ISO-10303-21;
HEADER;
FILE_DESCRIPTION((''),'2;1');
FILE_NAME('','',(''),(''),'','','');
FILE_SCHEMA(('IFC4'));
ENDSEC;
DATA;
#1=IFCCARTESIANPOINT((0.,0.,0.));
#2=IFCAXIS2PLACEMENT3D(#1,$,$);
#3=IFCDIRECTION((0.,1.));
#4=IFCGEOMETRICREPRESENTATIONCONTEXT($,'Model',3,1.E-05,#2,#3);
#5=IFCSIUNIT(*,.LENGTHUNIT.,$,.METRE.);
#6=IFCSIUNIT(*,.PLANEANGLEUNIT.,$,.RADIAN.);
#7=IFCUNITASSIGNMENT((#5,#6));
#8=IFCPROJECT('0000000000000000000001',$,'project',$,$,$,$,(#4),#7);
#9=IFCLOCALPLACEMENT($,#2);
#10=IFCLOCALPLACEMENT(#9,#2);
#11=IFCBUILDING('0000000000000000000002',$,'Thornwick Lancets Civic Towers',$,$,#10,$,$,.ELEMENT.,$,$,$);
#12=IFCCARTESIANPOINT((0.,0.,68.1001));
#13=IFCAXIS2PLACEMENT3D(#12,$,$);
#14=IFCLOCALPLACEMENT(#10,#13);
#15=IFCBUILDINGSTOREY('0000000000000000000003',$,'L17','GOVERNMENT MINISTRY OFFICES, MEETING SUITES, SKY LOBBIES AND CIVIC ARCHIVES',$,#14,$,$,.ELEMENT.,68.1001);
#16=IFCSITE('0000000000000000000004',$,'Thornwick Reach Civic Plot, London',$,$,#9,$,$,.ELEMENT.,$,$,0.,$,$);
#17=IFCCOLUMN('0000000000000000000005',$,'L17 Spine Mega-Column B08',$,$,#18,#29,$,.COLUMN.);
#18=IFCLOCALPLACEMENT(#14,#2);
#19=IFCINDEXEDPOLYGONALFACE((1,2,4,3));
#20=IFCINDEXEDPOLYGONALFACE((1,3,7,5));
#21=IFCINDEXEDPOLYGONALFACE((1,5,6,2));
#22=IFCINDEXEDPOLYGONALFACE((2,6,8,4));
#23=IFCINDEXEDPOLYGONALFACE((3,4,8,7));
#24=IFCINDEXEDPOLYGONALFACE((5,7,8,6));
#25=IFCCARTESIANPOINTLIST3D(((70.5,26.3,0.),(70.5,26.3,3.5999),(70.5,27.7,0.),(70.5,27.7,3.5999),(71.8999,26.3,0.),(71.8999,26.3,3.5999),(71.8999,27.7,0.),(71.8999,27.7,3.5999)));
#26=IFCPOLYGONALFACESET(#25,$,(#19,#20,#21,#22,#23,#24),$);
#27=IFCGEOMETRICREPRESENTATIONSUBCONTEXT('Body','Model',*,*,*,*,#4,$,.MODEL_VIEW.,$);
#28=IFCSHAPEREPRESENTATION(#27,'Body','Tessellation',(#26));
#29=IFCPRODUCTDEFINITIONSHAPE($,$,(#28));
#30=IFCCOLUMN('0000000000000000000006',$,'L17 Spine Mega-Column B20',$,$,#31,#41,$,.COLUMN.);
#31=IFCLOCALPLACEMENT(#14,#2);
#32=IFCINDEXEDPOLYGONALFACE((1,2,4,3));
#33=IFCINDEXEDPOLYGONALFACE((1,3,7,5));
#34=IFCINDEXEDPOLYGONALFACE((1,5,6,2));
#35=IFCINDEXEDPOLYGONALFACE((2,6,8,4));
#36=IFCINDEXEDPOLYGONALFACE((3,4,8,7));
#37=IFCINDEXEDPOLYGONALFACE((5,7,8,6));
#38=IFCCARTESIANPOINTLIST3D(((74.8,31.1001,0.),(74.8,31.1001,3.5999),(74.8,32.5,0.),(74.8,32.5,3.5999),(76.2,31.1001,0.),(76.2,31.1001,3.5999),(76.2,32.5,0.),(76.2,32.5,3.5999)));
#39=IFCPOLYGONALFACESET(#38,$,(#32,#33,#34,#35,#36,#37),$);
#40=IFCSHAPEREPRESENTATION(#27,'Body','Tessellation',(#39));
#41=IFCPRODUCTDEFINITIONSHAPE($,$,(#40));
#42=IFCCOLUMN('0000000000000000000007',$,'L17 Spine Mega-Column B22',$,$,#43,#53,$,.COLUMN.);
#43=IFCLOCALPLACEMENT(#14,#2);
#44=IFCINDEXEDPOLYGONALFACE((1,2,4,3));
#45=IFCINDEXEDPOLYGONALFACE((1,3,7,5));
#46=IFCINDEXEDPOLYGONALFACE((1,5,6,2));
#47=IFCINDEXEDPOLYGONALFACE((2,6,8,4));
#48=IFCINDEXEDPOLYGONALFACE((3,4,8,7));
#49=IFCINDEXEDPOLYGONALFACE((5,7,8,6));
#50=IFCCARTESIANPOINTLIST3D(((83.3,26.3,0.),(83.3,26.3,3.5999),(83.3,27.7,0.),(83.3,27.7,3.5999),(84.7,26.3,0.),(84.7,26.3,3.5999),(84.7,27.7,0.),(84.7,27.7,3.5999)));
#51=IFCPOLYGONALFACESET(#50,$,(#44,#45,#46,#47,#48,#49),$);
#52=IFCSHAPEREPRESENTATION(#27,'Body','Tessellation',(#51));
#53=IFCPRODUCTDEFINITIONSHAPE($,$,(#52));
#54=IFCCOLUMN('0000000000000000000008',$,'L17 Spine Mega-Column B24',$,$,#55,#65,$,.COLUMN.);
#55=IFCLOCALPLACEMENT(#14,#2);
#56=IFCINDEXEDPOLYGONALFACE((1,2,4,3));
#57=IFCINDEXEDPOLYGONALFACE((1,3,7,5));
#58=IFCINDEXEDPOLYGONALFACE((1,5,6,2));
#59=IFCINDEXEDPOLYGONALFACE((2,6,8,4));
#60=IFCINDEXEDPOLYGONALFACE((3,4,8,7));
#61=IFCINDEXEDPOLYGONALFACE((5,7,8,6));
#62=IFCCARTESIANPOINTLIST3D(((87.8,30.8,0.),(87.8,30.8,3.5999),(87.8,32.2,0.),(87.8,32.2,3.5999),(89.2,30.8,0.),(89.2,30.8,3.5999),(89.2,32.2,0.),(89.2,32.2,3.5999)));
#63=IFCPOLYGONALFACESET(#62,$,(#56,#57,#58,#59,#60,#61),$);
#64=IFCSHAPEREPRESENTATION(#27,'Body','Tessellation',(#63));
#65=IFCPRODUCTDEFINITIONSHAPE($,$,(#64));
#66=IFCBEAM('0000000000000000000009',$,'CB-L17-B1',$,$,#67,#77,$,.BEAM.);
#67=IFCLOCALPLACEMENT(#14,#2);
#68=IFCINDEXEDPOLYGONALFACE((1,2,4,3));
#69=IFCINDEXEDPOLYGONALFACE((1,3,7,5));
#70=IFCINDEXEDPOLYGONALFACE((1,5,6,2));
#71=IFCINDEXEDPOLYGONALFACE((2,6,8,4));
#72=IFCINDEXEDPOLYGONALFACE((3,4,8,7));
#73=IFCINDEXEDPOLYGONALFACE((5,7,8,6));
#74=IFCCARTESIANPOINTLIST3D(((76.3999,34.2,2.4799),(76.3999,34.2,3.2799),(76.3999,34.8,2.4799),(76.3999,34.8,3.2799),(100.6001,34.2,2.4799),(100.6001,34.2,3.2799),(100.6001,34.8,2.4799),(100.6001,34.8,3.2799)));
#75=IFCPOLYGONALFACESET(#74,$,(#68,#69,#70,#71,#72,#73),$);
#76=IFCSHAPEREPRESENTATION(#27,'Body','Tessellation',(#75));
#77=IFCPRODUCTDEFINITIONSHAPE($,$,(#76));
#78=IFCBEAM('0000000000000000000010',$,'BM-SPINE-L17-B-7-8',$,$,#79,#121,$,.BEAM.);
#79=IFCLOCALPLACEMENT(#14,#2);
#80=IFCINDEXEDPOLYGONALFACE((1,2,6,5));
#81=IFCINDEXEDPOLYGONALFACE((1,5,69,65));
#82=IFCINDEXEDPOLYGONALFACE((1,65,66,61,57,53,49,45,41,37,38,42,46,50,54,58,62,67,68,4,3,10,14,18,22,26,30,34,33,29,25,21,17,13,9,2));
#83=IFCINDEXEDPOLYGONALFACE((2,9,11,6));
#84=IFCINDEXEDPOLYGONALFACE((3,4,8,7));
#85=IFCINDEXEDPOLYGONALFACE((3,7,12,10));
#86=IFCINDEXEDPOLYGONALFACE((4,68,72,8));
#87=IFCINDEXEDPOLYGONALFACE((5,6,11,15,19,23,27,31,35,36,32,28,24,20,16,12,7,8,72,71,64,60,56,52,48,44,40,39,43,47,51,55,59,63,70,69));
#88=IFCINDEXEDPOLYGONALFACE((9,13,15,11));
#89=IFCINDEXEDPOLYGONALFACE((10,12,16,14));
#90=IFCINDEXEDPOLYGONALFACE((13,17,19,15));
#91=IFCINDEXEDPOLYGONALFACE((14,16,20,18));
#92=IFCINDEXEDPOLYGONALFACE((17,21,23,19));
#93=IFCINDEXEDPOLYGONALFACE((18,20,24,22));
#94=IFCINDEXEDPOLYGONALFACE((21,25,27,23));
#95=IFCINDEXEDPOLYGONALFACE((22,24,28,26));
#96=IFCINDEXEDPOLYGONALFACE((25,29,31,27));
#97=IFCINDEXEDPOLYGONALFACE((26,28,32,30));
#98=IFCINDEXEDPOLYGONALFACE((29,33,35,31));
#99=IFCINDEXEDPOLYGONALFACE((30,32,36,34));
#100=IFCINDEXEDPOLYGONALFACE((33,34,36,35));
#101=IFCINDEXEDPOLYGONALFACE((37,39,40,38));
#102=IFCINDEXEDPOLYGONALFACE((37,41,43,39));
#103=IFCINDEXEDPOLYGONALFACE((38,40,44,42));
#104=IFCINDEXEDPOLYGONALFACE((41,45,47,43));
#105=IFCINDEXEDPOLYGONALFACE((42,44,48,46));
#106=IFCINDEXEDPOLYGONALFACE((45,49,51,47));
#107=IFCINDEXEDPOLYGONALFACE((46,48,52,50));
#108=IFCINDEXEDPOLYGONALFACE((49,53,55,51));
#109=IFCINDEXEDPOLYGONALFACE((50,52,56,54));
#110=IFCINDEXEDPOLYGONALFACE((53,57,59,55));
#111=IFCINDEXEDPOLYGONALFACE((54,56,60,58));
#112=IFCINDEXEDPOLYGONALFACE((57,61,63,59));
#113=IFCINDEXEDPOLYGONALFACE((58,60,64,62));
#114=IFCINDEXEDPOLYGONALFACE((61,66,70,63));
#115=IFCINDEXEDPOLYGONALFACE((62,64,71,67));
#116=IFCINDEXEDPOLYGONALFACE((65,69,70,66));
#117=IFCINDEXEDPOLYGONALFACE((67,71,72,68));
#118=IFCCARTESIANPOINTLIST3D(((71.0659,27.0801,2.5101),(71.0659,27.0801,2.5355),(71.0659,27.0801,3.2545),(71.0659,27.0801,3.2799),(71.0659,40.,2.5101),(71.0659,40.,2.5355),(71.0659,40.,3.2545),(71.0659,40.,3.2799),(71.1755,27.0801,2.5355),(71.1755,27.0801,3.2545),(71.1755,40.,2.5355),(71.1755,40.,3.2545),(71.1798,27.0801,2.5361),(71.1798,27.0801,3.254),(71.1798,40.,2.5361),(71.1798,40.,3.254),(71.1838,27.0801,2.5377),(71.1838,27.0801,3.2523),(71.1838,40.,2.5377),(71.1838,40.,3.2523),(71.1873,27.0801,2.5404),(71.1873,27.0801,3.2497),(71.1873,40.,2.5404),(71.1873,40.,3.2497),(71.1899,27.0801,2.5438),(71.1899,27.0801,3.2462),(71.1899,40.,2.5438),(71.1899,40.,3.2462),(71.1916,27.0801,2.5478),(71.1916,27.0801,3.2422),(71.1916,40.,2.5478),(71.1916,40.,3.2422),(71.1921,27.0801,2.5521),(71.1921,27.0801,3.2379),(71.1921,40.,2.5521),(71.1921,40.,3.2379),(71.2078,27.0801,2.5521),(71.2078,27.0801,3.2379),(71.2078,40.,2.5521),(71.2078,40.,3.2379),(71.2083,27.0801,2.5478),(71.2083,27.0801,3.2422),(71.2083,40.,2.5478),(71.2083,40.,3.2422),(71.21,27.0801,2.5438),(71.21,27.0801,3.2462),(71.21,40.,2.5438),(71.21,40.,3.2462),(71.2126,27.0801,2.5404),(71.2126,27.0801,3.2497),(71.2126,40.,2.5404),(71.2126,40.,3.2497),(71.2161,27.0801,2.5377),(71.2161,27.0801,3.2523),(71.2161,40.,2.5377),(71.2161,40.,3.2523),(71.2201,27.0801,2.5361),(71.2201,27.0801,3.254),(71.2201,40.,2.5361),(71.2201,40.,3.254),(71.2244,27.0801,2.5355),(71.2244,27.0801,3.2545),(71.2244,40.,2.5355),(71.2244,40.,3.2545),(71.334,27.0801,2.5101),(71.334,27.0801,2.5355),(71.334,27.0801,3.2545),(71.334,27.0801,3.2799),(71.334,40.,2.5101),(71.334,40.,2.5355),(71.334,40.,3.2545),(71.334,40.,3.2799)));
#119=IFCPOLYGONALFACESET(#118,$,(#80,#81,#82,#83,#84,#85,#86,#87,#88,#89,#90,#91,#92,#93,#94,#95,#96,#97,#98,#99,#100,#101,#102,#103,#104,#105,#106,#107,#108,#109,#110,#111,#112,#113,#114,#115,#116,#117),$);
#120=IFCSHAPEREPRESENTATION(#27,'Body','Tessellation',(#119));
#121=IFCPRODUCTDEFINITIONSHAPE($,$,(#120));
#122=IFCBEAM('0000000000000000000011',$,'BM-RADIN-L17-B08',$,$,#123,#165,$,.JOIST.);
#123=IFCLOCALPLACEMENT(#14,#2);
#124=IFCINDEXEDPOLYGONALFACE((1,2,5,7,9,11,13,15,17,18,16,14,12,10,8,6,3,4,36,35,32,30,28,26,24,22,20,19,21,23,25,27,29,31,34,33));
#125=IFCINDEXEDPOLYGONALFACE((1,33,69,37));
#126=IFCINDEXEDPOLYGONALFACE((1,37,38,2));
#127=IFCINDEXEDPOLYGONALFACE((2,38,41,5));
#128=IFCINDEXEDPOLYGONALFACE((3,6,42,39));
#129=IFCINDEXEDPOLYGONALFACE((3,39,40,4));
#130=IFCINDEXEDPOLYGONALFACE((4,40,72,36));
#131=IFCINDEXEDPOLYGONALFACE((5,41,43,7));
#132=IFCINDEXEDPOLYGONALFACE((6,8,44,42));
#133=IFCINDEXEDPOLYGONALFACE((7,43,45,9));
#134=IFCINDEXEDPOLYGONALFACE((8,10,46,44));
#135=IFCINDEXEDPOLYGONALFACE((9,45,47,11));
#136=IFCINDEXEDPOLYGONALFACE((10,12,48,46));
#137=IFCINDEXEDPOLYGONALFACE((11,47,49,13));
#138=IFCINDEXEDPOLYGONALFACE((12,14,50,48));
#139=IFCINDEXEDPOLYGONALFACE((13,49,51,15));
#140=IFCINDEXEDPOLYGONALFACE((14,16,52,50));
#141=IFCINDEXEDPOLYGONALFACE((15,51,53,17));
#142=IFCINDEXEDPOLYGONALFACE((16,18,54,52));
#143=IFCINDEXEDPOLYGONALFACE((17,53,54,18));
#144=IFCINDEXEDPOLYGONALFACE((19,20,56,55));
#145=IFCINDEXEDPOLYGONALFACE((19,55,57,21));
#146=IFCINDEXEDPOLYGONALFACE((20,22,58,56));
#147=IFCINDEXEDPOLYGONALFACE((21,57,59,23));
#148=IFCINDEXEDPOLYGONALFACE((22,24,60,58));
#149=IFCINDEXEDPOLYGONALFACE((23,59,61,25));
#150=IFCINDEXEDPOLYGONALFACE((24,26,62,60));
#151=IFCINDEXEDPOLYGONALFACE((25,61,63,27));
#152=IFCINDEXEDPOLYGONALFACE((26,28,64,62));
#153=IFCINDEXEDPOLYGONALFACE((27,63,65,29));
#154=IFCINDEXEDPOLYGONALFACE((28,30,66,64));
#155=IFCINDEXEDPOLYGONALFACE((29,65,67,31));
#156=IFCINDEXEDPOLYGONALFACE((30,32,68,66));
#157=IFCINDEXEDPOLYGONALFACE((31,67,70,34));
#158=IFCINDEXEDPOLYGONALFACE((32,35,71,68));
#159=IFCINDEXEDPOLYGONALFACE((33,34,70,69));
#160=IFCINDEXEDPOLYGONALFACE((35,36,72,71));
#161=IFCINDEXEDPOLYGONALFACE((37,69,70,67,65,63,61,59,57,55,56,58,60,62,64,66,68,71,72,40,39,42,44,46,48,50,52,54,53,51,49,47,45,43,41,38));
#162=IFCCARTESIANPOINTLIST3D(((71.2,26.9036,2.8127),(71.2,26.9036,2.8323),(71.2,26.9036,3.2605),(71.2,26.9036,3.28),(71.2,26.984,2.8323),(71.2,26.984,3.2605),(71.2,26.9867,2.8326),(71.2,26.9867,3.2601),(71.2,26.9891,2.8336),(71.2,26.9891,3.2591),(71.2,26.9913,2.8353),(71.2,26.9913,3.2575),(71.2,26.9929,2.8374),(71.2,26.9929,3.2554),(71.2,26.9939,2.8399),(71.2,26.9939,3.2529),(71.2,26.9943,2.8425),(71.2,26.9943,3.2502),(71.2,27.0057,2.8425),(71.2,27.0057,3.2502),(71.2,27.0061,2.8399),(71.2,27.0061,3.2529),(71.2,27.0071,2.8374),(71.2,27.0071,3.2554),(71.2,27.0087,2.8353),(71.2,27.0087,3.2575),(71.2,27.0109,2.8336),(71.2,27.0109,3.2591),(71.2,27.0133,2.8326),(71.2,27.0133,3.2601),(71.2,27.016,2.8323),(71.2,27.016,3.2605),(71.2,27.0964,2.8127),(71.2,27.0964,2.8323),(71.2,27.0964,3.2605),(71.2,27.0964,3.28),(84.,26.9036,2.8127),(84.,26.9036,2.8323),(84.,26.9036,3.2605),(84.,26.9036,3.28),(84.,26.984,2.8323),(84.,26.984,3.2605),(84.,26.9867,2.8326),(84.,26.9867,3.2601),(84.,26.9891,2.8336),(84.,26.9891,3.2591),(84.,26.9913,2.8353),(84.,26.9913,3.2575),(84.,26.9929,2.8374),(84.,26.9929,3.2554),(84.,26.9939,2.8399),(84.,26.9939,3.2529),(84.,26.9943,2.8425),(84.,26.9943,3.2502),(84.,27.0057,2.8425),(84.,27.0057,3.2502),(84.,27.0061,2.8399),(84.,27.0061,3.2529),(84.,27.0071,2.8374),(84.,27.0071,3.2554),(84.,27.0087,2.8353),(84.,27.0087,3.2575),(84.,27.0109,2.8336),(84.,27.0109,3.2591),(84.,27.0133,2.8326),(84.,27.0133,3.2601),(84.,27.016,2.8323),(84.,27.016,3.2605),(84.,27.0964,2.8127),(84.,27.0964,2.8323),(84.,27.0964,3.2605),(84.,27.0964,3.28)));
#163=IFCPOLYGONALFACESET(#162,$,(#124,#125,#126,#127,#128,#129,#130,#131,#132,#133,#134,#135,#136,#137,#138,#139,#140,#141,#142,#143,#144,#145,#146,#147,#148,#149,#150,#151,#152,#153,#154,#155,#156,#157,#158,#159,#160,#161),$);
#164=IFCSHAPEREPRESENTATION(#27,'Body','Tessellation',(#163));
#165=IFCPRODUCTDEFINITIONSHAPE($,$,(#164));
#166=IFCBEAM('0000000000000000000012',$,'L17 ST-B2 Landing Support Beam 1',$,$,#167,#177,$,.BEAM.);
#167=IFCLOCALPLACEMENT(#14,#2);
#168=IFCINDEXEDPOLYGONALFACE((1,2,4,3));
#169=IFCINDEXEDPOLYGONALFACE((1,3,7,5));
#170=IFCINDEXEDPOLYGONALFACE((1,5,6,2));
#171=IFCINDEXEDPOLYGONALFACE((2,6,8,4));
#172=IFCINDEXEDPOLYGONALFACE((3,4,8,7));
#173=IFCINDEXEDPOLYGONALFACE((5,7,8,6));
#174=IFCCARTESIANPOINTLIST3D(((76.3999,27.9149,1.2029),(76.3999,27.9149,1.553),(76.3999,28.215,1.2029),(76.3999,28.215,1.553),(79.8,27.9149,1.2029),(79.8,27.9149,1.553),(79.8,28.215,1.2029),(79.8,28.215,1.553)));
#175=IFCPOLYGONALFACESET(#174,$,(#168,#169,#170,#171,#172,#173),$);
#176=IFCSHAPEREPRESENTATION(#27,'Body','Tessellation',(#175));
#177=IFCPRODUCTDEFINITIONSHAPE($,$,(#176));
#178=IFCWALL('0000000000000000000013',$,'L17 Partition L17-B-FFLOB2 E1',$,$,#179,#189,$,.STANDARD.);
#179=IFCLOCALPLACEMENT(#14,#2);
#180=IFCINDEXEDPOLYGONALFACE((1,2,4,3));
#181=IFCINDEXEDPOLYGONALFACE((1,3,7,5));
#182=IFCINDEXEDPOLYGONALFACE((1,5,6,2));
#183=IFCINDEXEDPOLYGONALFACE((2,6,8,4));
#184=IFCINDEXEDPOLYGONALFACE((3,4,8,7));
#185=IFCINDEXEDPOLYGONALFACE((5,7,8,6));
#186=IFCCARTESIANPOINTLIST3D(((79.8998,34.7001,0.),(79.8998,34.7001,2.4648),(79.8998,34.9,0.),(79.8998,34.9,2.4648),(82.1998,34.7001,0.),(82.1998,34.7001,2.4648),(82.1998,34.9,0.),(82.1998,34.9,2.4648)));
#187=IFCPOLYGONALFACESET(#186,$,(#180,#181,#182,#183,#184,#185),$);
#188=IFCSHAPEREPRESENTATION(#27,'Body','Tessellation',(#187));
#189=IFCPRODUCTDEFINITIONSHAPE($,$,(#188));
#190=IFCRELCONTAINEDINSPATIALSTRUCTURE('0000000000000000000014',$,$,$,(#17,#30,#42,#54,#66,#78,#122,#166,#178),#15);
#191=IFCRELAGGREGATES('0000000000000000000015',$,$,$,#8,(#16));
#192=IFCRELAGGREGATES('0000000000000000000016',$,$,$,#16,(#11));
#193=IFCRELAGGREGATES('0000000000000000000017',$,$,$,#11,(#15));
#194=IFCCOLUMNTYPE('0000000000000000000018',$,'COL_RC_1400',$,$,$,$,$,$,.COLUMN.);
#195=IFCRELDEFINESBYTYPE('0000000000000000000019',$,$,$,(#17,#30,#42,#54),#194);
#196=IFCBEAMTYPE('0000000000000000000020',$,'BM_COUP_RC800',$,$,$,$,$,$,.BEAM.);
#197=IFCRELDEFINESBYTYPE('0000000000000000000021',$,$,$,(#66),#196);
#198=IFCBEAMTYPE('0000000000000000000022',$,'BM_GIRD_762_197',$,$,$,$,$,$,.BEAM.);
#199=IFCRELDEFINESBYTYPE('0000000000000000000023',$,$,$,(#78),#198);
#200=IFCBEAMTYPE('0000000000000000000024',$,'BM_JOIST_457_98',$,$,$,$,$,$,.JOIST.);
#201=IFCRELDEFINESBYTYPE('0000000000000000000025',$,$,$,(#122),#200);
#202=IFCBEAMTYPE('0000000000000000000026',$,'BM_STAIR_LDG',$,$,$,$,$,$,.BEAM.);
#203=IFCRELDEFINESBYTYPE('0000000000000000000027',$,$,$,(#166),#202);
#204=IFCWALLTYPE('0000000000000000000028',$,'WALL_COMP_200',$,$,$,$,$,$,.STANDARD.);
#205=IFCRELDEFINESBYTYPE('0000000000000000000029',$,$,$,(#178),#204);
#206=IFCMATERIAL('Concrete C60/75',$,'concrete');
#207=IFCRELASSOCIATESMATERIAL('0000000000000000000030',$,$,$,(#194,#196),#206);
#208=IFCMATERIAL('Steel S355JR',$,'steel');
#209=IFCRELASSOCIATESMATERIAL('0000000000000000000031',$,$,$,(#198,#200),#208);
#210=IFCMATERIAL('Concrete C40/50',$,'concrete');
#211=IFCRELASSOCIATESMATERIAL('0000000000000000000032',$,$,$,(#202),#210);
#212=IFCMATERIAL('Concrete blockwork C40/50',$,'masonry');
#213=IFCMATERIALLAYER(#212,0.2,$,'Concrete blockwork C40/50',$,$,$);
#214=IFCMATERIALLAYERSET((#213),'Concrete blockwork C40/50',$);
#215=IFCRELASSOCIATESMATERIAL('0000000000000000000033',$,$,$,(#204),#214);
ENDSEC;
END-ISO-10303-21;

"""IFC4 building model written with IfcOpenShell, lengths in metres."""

from ifc_helpers import new_model, si_unit, direction, frame, frame_2d, origin, origin_2d, place, context, subcontext, project, spatial, rectangle, i_section, extrude, material, layer, layer_set, material_profile, profile_set, type_object, element, save


model = new_model("IFC4")

# Units and contexts
model_context = context("Model", 3, precision=1e-05, world=origin(), true_north=direction((0.0, 1.0)))
body_context = subcontext(model_context, "Body", "Model", "MODEL_VIEW")
ifc_project = project(units=[si_unit("LENGTHUNIT", "METRE"), si_unit("PLANEANGLEUNIT", "RADIAN")], contexts=[model_context])

# Site, building, storey
site_placement = place(None, origin())
site = spatial("IfcSite", under=ifc_project, at=site_placement, Name="Thornwick Reach Civic Plot, London", CompositionType="ELEMENT", RefElevation=0.0)
building_placement = place(site_placement, origin())
building = spatial("IfcBuilding", under=site, at=building_placement, Name="Thornwick Lancets Civic Towers", CompositionType="ELEMENT")
storey_placement = place(building_placement, frame((0.0, 0.0, 68.1001)))
storey = spatial("IfcBuildingStorey", under=building, at=storey_placement, Name="L17", Description="GOVERNMENT MINISTRY OFFICES, MEETING SUITES, SKY LOBBIES AND CIVIC ARCHIVES", CompositionType="ELEMENT", Elevation=68.1001)

# Columns
ifc_material_1 = material(Name="Concrete C60/75", Category="concrete")
ifc_material_profile_1 = material_profile(ifc_material_1, rectangle(XDim=1.3999, YDim=1.3999, at=origin_2d()), Name="RC 1400x1400")
ifc_profile_set_1 = profile_set([ifc_material_profile_1], Name="Concrete C60/75")
column_type = type_object("IfcColumnType", Name="COL_RC_1400", PredefinedType="COLUMN", material=ifc_profile_set_1)
for number, where, z_axis, x_axis, name in (
    (1, (71.2, 27.0, 0.0), (0.0, 0.0, 1.0), (1.0, 0.0, 0.0), "L17 Spine Mega-Column B08"),
    (2, (75.5, 31.8, 0.0), (0.0, 0.0, 1.0), (1.0, 0.0, 0.0), "L17 Spine Mega-Column B20"),
    (3, (84.0, 27.0, 0.0), (0.0, 0.0, 1.0), (1.0, 0.0, 0.0), "L17 Spine Mega-Column B22"),
    (4, (88.5, 31.5, 0.0), (0.0, 0.0, 1.0), (1.0, 0.0, 0.0), "L17 Spine Mega-Column B24"),
):
    element("IfcColumn", number, at=place(storey_placement, frame(where, z_axis=z_axis, x_axis=x_axis)), inside=storey, type_object=column_type, Name=name, PredefinedType="COLUMN", context=body_context, shape_type="SweptSolid", body=[
        extrude(rectangle(XDim=1.3999, YDim=1.3999, at=origin_2d()), origin(), (0.0, 0.0, 1.0), 3.5999),
    ])

# Beams
ifc_material_profile_2 = material_profile(ifc_material_1, rectangle(XDim=0.6001, YDim=0.8, at=origin_2d()), Name="RC 600x800")
ifc_profile_set_2 = profile_set([ifc_material_profile_2], Name="Concrete C60/75")
beam_type_1 = type_object("IfcBeamType", Name="BM_COUP_RC800", PredefinedType="BEAM", material=ifc_profile_set_2)
beam_1_placement = place(storey_placement, frame((76.3999, 34.5, 2.8799), z_axis=(1.0, 0.0, 0.0), x_axis=(0.0, 1.0, 0.0)))
element("IfcBeam", 5, at=beam_1_placement, inside=storey, type_object=beam_type_1, Name="CB-L17-B1", PredefinedType="BEAM", context=body_context, shape_type="SweptSolid", body=[
    extrude(rectangle(XDim=0.6001, YDim=0.8, at=origin_2d()), origin(), (0.0, 0.0, 1.0), 24.2002),
])
ifc_material_2 = material(Name="Steel S355JR", Category="steel")
ifc_material_profile_3 = material_profile(ifc_material_2, i_section(OverallWidth=0.2681, OverallDepth=0.7698, WebThickness=0.0156, FlangeThickness=0.0254, FilletRadius=0.0166, at=origin_2d()), Name="UKB 762x267x197")
ifc_profile_set_3 = profile_set([ifc_material_profile_3], Name="Steel S355JR")
beam_type_2 = type_object("IfcBeamType", Name="BM_GIRD_762_197", PredefinedType="BEAM", material=ifc_profile_set_3)
beam_2_placement = place(storey_placement, frame((71.2, 27.0801, 2.895), z_axis=(0.0, 1.0, 0.0), x_axis=(-1.0, 0.0, 0.0)))
element("IfcBeam", 6, at=beam_2_placement, inside=storey, type_object=beam_type_2, Name="BM-SPINE-L17-B-7-8", PredefinedType="BEAM", context=body_context, shape_type="SweptSolid", body=[
    extrude(i_section(OverallWidth=0.2681, OverallDepth=0.7698, WebThickness=0.0156, FlangeThickness=0.0254, FilletRadius=0.0166, at=origin_2d()), origin(), (0.0, 0.0, 1.0), 12.9199),
])
ifc_material_profile_4 = material_profile(ifc_material_2, i_section(OverallWidth=0.1929, OverallDepth=0.4673, WebThickness=0.0115, FlangeThickness=0.0195, FilletRadius=0.0103, at=origin_2d()), Name="UKB 457x191x98")
ifc_profile_set_4 = profile_set([ifc_material_profile_4], Name="Steel S355JR")
beam_type_3 = type_object("IfcBeamType", Name="BM_JOIST_457_98", PredefinedType="JOIST", material=ifc_profile_set_4)
beam_3_placement = place(storey_placement, frame((84.0, 27.0, 3.0464), z_axis=(-1.0, 0.0, 0.0), x_axis=(0.0, -1.0, 0.0)))
element("IfcBeam", 7, at=beam_3_placement, inside=storey, type_object=beam_type_3, Name="BM-RADIN-L17-B08", PredefinedType="JOIST", context=body_context, shape_type="SweptSolid", body=[
    extrude(i_section(OverallWidth=0.1929, OverallDepth=0.4673, WebThickness=0.0115, FlangeThickness=0.0195, FilletRadius=0.0103, at=origin_2d()), origin(), (0.0, 0.0, 1.0), 12.8),
])
ifc_material_3 = material(Name="Concrete C40/50", Category="concrete")
ifc_material_profile_5 = material_profile(ifc_material_3, rectangle(XDim=0.3, YDim=0.3501, at=origin_2d()), Name="RC 300x350")
ifc_profile_set_5 = profile_set([ifc_material_profile_5], Name="Concrete C40/50")
beam_type_4 = type_object("IfcBeamType", Name="BM_STAIR_LDG", PredefinedType="BEAM", material=ifc_profile_set_5)
beam_4_placement = place(storey_placement, frame((76.3999, 28.0649, 1.3779), z_axis=(1.0, 0.0, 0.0), x_axis=(0.0, 1.0, 0.0)))
element("IfcBeam", 8, at=beam_4_placement, inside=storey, type_object=beam_type_4, Name="L17 ST-B2 Landing Support Beam 1", PredefinedType="BEAM", context=body_context, shape_type="SweptSolid", body=[
    extrude(rectangle(XDim=0.3, YDim=0.3501, at=origin_2d()), origin(), (0.0, 0.0, 1.0), 3.4001),
])

# Wall
ifc_material_4 = material(Name="Concrete blockwork C40/50", Category="masonry")
ifc_layer_1 = layer(ifc_material_4, 0.2, Name="Concrete blockwork C40/50")
ifc_layer_set_1 = layer_set([ifc_layer_1], Name="Concrete blockwork C40/50")
wall_type_1 = type_object("IfcWallType", Name="WALL_COMP_200", PredefinedType="STANDARD", material=ifc_layer_set_1)
wall_1_placement = place(storey_placement, frame((79.8999, 34.8, 0.0), z_axis=(0.0, 0.0, 1.0), x_axis=(1.0, 0.0, 0.0)))
element("IfcWall", 9, at=wall_1_placement, inside=storey, type_object=wall_type_1, Name="L17 Partition L17-B-FFLOB2 E1", PredefinedType="STANDARD", context=body_context, shape_type="SweptSolid", body=[
    extrude(rectangle(XDim=2.3, YDim=0.2, at=frame_2d((1.1499, 0.0))), origin(), (0.0, 0.0, 1.0), 2.4648),
])

save(model, "model.ifc")
